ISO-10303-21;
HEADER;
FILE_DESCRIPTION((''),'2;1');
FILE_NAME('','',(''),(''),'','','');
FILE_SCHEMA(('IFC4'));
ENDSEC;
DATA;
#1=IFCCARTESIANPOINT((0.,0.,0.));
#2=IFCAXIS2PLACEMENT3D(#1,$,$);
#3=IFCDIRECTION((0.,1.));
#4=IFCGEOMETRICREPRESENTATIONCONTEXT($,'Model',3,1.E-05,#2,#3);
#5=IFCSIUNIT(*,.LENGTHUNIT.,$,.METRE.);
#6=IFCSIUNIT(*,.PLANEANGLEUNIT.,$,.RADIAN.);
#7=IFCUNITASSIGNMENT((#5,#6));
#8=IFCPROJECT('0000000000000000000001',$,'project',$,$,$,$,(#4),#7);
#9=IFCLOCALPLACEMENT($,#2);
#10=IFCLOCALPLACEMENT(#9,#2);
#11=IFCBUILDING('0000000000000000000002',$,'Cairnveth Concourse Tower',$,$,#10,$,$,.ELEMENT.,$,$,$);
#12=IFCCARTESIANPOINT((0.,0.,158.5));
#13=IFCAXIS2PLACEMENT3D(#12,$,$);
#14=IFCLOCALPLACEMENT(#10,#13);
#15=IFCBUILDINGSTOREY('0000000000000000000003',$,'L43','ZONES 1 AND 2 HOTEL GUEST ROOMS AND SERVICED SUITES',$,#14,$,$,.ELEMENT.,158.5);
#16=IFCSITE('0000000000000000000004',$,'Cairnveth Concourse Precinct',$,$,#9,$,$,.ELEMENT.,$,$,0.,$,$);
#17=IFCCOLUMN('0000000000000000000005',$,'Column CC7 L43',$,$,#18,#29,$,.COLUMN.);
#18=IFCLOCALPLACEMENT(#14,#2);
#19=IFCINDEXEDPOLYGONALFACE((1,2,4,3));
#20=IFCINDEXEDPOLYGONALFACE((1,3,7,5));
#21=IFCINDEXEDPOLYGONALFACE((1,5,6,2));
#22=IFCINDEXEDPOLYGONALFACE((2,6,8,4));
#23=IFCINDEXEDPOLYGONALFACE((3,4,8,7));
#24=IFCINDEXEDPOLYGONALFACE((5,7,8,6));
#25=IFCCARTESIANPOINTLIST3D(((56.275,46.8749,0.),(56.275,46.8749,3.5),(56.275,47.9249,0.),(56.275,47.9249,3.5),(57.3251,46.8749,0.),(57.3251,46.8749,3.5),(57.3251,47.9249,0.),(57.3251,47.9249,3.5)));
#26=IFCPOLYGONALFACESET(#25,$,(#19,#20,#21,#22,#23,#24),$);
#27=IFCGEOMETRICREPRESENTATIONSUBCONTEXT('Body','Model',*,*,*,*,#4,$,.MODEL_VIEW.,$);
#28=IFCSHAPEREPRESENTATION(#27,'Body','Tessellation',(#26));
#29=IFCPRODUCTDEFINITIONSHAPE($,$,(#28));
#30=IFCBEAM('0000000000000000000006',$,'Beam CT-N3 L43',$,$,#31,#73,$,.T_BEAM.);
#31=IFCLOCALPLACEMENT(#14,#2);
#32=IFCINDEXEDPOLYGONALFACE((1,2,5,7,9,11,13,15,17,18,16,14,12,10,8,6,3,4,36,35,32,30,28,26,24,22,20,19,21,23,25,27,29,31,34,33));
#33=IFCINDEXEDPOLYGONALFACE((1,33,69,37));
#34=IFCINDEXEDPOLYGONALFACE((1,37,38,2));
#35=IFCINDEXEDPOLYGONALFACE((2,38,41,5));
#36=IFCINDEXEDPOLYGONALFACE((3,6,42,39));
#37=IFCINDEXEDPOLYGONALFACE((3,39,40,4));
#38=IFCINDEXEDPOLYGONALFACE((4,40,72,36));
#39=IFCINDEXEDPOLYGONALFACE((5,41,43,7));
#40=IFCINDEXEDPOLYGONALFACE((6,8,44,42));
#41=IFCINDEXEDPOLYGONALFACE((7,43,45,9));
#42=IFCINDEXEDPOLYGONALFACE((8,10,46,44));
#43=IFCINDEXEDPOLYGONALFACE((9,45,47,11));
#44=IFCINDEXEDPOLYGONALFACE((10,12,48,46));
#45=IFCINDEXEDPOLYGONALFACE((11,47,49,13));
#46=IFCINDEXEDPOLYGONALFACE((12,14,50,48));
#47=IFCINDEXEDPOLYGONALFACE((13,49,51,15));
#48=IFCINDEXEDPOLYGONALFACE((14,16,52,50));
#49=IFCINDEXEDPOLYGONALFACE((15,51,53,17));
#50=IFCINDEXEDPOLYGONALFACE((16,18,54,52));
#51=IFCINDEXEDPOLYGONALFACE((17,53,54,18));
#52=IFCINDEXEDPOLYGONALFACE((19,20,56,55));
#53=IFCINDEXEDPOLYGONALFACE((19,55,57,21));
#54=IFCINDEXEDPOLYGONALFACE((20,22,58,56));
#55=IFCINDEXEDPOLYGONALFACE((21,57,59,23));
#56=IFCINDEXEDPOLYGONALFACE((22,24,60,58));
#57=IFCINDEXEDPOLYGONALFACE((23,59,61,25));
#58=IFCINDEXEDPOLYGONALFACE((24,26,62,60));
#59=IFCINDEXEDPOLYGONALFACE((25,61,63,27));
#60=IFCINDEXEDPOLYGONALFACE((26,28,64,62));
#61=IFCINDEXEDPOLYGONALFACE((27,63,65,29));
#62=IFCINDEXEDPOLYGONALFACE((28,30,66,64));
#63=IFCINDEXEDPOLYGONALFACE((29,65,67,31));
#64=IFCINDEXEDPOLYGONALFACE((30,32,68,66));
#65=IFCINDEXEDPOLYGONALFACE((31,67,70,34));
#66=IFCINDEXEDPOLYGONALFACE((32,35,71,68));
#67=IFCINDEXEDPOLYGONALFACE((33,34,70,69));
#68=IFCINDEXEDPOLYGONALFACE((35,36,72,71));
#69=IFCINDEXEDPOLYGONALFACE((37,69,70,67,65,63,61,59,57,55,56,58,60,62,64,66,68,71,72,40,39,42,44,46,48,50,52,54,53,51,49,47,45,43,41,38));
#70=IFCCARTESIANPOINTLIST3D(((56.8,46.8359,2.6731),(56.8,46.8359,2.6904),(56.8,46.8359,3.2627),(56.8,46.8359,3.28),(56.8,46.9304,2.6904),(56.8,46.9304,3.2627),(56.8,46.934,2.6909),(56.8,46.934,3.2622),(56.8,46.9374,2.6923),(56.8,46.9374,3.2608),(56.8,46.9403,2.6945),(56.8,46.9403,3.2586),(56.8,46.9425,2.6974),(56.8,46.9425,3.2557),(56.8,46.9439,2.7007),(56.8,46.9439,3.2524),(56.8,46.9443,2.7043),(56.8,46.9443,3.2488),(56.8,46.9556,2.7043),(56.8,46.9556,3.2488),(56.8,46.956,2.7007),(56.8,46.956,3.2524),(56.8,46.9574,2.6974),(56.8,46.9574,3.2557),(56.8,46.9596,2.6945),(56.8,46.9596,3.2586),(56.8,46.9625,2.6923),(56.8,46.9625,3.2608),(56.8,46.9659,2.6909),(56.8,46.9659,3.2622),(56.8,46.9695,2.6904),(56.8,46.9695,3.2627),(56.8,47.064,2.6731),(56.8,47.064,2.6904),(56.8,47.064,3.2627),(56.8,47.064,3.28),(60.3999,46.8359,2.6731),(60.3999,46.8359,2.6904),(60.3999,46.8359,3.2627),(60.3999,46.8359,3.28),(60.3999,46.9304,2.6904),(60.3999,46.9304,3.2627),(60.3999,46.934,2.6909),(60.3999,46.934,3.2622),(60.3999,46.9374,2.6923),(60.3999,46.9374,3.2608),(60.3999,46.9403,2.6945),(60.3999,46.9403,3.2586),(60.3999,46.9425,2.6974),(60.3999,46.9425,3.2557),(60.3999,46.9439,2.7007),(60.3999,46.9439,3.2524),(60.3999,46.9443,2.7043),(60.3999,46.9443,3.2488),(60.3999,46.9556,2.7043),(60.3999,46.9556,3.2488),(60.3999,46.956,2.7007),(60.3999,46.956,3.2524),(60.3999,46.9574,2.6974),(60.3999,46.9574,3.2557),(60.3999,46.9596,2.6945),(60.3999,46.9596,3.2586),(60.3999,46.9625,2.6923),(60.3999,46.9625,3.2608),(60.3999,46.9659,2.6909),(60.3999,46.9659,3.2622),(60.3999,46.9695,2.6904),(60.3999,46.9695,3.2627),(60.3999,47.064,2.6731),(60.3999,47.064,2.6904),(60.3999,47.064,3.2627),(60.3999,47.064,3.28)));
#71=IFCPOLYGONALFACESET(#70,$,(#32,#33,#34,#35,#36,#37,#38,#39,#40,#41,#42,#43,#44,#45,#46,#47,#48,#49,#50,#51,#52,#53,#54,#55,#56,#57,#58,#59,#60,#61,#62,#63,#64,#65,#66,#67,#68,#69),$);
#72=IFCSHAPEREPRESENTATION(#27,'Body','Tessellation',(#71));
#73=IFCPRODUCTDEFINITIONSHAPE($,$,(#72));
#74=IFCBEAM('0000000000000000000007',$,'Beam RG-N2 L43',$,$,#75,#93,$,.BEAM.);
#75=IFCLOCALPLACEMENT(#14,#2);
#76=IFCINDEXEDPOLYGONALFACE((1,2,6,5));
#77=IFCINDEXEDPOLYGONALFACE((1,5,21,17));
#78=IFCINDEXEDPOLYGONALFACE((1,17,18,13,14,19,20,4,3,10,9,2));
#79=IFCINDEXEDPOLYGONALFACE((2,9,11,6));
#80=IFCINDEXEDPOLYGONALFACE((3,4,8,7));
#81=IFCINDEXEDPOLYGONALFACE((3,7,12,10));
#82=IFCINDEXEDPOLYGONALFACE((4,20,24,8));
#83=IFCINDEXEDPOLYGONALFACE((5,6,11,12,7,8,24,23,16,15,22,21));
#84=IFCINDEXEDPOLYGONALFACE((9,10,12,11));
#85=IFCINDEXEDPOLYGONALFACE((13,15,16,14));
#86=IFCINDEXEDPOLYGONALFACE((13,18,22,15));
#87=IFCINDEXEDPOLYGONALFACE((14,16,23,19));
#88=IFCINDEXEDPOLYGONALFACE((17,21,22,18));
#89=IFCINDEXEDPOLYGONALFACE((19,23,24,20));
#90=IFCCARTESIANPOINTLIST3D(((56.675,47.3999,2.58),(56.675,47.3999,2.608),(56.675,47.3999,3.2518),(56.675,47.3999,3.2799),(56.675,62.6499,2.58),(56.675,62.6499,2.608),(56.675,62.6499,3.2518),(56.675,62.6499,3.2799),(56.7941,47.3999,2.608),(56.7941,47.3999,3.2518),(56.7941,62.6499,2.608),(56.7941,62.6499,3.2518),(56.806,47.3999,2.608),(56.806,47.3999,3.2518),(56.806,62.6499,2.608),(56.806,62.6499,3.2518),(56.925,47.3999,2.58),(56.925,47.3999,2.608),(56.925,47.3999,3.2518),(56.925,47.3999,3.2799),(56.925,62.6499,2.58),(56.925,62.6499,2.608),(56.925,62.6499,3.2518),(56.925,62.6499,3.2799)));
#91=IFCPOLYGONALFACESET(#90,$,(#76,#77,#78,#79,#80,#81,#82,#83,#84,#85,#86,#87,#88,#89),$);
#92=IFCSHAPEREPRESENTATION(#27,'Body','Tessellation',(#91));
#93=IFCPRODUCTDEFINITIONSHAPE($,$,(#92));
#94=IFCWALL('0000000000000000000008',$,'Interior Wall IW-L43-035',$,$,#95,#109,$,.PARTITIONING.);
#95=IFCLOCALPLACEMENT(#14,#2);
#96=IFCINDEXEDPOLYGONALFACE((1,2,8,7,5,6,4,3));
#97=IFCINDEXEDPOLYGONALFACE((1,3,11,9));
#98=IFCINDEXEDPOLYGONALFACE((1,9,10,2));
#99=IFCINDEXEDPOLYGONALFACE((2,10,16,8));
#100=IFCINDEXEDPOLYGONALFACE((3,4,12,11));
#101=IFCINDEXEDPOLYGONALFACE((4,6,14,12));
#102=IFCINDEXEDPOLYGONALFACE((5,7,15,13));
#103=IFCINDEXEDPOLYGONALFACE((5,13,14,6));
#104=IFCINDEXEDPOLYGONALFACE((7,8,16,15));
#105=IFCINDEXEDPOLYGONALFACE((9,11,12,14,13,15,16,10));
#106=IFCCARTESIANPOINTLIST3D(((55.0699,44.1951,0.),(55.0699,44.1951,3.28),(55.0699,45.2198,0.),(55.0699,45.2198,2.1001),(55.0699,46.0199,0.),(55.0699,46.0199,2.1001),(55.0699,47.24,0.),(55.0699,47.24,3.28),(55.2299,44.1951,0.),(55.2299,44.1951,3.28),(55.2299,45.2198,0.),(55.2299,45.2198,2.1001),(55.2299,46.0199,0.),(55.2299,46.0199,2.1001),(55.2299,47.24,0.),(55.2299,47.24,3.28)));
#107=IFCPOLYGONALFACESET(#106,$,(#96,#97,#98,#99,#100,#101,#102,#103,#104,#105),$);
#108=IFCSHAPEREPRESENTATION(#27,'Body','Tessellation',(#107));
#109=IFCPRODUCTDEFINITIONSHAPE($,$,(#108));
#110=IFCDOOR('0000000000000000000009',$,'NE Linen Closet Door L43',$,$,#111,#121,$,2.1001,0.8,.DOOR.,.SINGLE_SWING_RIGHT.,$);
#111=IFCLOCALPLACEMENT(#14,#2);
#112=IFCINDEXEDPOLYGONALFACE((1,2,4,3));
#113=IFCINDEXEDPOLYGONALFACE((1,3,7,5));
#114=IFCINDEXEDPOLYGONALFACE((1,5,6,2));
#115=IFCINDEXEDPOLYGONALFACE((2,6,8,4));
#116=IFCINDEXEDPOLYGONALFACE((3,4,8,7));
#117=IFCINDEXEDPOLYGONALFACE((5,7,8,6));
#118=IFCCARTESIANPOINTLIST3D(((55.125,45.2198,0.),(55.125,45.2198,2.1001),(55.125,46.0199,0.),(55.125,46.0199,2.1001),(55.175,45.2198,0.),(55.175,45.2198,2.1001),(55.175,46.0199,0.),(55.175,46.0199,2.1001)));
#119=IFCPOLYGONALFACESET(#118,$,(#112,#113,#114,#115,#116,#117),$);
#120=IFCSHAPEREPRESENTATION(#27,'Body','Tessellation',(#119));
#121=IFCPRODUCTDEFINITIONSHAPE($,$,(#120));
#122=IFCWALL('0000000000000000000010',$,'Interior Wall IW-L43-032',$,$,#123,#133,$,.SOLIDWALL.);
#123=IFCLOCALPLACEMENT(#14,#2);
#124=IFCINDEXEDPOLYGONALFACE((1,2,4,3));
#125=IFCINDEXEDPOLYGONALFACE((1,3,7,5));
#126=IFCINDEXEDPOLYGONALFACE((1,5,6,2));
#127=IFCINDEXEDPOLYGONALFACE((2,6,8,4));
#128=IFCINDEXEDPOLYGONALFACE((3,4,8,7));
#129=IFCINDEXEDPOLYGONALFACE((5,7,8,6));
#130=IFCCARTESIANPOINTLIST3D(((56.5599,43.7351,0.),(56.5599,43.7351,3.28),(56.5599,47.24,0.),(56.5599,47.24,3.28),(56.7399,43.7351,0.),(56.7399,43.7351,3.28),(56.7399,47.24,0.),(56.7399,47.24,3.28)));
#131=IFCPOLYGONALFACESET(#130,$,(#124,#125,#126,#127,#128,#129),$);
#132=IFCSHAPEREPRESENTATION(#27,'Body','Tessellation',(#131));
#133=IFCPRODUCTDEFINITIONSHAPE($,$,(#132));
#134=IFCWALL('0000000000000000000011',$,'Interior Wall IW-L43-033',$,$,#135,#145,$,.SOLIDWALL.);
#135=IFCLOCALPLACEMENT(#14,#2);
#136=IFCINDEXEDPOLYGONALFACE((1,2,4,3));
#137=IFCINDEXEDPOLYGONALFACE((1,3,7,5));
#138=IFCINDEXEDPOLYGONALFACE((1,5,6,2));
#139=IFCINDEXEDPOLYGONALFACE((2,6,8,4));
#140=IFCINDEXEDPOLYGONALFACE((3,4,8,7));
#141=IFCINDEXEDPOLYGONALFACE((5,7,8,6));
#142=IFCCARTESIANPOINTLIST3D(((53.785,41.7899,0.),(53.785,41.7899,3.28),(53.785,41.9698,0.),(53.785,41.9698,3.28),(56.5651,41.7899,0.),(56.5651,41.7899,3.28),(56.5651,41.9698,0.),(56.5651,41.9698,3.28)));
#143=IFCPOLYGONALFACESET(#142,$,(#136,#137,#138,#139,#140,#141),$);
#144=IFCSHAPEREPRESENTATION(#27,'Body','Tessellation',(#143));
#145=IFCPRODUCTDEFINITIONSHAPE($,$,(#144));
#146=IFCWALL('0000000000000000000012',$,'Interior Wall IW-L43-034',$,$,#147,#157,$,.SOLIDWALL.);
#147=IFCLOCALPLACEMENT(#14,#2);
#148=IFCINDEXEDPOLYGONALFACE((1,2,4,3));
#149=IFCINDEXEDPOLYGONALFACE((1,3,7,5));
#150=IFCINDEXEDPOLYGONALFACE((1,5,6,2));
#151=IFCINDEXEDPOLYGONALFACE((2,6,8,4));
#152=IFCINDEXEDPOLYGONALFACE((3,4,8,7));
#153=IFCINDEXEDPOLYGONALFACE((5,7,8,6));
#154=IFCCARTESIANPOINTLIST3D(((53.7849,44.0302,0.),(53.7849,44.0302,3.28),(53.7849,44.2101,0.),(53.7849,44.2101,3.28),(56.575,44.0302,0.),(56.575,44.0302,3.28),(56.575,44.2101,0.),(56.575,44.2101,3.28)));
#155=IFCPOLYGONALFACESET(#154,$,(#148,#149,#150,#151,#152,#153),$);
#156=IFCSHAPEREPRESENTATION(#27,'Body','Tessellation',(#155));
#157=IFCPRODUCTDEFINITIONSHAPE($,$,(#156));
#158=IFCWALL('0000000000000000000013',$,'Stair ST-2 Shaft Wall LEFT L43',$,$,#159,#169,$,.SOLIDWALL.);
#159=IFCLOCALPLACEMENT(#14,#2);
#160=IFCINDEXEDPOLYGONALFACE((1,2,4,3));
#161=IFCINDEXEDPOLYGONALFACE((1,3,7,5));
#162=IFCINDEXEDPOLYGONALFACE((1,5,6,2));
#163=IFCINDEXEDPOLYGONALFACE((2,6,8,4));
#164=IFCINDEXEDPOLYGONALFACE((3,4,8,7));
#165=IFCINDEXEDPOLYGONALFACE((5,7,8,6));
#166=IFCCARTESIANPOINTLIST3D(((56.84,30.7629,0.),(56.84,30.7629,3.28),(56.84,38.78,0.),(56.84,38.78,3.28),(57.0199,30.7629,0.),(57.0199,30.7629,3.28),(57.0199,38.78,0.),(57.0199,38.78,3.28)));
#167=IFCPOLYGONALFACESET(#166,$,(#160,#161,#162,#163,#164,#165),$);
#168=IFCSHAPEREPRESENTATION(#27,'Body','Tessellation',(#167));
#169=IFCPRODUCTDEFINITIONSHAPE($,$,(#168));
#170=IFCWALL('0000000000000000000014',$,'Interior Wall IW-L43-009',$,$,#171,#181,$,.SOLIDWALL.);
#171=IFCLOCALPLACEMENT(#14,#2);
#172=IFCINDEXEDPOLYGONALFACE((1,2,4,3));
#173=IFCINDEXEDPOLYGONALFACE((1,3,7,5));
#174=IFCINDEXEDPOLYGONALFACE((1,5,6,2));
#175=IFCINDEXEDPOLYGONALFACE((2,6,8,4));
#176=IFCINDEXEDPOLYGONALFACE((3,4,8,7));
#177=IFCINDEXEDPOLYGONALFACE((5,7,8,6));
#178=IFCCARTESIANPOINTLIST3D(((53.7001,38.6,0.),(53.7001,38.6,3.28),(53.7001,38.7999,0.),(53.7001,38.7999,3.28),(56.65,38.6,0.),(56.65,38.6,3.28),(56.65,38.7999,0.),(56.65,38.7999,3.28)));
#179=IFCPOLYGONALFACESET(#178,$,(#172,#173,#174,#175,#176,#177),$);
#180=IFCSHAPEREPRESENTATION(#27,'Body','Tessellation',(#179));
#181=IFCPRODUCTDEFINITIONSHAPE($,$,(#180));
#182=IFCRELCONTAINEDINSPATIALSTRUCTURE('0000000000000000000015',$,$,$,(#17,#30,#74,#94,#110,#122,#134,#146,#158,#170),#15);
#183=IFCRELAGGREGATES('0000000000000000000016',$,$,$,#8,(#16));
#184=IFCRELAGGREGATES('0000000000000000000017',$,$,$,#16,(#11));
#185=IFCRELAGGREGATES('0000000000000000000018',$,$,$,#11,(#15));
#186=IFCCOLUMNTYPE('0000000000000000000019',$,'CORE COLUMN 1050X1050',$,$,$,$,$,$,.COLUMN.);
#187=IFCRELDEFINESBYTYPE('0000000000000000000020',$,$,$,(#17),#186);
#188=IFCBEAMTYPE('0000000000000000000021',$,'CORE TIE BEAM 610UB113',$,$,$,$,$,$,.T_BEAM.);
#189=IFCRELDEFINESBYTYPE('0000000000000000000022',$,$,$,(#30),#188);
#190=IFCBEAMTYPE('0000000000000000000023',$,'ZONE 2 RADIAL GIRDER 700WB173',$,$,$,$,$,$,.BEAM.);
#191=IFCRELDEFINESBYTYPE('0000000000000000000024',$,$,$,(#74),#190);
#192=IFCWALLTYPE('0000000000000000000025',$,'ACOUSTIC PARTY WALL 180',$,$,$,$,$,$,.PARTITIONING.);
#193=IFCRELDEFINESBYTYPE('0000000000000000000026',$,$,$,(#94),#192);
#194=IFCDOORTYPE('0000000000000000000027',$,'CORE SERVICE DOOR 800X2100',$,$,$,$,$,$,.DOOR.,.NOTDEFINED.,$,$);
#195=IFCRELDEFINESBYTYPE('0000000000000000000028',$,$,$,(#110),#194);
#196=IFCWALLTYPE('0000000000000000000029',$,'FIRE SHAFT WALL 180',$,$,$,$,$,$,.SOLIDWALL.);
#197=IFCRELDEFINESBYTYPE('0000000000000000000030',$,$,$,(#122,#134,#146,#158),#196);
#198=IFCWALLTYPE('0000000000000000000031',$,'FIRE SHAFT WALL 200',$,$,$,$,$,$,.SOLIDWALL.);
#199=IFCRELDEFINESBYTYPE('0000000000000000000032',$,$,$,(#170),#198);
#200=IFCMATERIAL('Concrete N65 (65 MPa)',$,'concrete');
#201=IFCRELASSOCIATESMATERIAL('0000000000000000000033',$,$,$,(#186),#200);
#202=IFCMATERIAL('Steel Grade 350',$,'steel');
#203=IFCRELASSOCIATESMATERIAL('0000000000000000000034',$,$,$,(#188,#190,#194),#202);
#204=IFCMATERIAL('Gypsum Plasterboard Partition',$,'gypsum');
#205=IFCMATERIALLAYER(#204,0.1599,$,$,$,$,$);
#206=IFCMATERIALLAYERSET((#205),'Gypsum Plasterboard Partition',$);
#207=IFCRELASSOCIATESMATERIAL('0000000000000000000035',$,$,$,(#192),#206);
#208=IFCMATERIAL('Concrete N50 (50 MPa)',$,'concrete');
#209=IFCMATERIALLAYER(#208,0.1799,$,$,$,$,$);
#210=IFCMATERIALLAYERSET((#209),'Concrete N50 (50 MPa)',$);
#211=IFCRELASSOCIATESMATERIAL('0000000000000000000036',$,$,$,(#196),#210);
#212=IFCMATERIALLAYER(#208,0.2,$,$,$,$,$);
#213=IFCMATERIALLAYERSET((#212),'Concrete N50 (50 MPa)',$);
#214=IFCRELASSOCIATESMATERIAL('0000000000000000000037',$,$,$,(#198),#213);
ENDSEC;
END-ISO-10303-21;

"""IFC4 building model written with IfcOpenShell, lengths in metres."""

from ifc_helpers import new_model, si_unit, direction, frame, frame_2d, origin, origin_2d, place, context, subcontext, project, spatial, rectangle, i_section, extrude, material, layer, layer_set, material_profile, profile_set, type_object, element, fill, save


model = new_model("IFC4")

# Units and contexts
model_context = context("Model", 3, precision=1e-05, world=origin(), true_north=direction((0.0, 1.0)))
body_context = subcontext(model_context, "Body", "Model", "MODEL_VIEW")
ifc_project = project(units=[si_unit("LENGTHUNIT", "METRE"), si_unit("PLANEANGLEUNIT", "RADIAN")], contexts=[model_context])

# Site, building, storey
site_placement = place(None, origin())
site = spatial("IfcSite", under=ifc_project, at=site_placement, Name="Cairnveth Concourse Precinct", CompositionType="ELEMENT", RefElevation=0.0)
building_placement = place(site_placement, origin())
building = spatial("IfcBuilding", under=site, at=building_placement, Name="Cairnveth Concourse Tower", CompositionType="ELEMENT")
storey_placement = place(building_placement, frame((0.0, 0.0, 158.5)))
storey = spatial("IfcBuildingStorey", under=building, at=storey_placement, Name="L43", Description="ZONES 1 AND 2 HOTEL GUEST ROOMS AND SERVICED SUITES", CompositionType="ELEMENT", Elevation=158.5)

# Column
ifc_material_1 = material(Name="Concrete N65 (65 MPa)", Category="concrete")
ifc_material_profile_1 = material_profile(ifc_material_1, rectangle(XDim=1.05, YDim=1.05, at=origin_2d()), Name="RC-COL-1050x1050")
ifc_profile_set_1 = profile_set([ifc_material_profile_1], Name="Concrete N65 (65 MPa)")
column_type = type_object("IfcColumnType", Name="CORE COLUMN 1050X1050", PredefinedType="COLUMN", material=ifc_profile_set_1)
column_placement = place(storey_placement, frame((56.8, 47.3999, 0.0), z_axis=(0.0, 0.0, 1.0), x_axis=(1.0, 0.0, 0.0)))
element("IfcColumn", 1, at=column_placement, inside=storey, type_object=column_type, Name="Column CC7 L43", PredefinedType="COLUMN", context=body_context, shape_type="SweptSolid", body=[
    extrude(rectangle(XDim=1.05, YDim=1.05, at=origin_2d()), origin(), (0.0, 0.0, 1.0), 3.5),
])

# Beams
ifc_material_2 = material(Name="Steel Grade 350", Category="steel")
ifc_material_profile_2 = material_profile(ifc_material_2, i_section(OverallWidth=0.228, OverallDepth=0.6069, WebThickness=0.0112, FlangeThickness=0.0173, FilletRadius=0.0139, at=origin_2d()), Name="610UB113")
ifc_profile_set_2 = profile_set([ifc_material_profile_2], Name="Steel Grade 350")
beam_type_1 = type_object("IfcBeamType", Name="CORE TIE BEAM 610UB113", PredefinedType="T_BEAM", material=ifc_profile_set_2)
beam_1_placement = place(storey_placement, frame((56.8, 46.95, 2.9766), z_axis=(1.0, 0.0, 0.0), x_axis=(0.0, 1.0, 0.0)))
element("IfcBeam", 2, at=beam_1_placement, inside=storey, type_object=beam_type_1, Name="Beam CT-N3 L43", PredefinedType="T_BEAM", context=body_context, shape_type="SweptSolid", body=[
    extrude(i_section(OverallWidth=0.228, OverallDepth=0.6069, WebThickness=0.0112, FlangeThickness=0.0173, FilletRadius=0.0139, at=origin_2d()), origin(), (0.0, 0.0, 1.0), 3.5999),
])
ifc_material_profile_3 = material_profile(ifc_material_2, i_section(OverallWidth=0.25, OverallDepth=0.7, WebThickness=0.012, FlangeThickness=0.0281, at=origin_2d()), Name="700WB173")
ifc_profile_set_3 = profile_set([ifc_material_profile_3], Name="Steel Grade 350")
beam_type_2 = type_object("IfcBeamType", Name="ZONE 2 RADIAL GIRDER 700WB173", PredefinedType="BEAM", material=ifc_profile_set_3)
beam_2_placement = place(storey_placement, frame((56.8, 47.3999, 2.9299), z_axis=(0.0, 1.0, 0.0), x_axis=(-1.0, 0.0, 0.0)))
element("IfcBeam", 3, at=beam_2_placement, inside=storey, type_object=beam_type_2, Name="Beam RG-N2 L43", PredefinedType="BEAM", context=body_context, shape_type="SweptSolid", body=[
    extrude(i_section(OverallWidth=0.25, OverallDepth=0.7, WebThickness=0.012, FlangeThickness=0.0281, at=origin_2d()), origin(), (0.0, 0.0, 1.0), 15.25),
])

# Wall, opening, door
ifc_material_3 = material(Name="Gypsum Plasterboard Partition", Category="gypsum")
ifc_layer_1 = layer(ifc_material_3, 0.1599)
ifc_layer_set_1 = layer_set([ifc_layer_1], Name="Gypsum Plasterboard Partition")
wall_type_1 = type_object("IfcWallType", Name="ACOUSTIC PARTY WALL 180", PredefinedType="PARTITIONING", material=ifc_layer_set_1)
wall_1_placement = place(storey_placement, frame((55.1499, 44.1951, 0.0), z_axis=(0.0, 0.0, 1.0), x_axis=(0.0, 1.0, 0.0)))
wall_1 = element("IfcWall", 4, at=wall_1_placement, inside=storey, type_object=wall_type_1, Name="Interior Wall IW-L43-035", PredefinedType="PARTITIONING", context=body_context, shape_type="SweptSolid", body=[
    extrude(rectangle(XDim=3.0449, YDim=0.1599, at=frame_2d((1.5225, 0.0))), origin(), (0.0, 0.0, 1.0), 3.28),
])
opening_1_placement = place(wall_1_placement, frame((1.0249, 0.0, 0.0)))
opening_1 = element("IfcOpeningElement", 5, at=opening_1_placement, cuts=wall_1, PredefinedType="OPENING", context=body_context, shape_type="SweptSolid", body=[
    extrude(rectangle(XDim=0.8, YDim=2.1001, at=frame_2d((0.3999, 1.05))), frame((0.0, 0.0898, 0.0), z_axis=(0.0, -1.0, 0.0), x_axis=(1.0, 0.0, 0.0)), (0.0, 0.0, 1.0), 0.1799),
])
door_type_1 = type_object("IfcDoorType", Name="CORE SERVICE DOOR 800X2100", OperationType="NOTDEFINED", PredefinedType="DOOR", material=ifc_material_2)
door_1_placement = place(opening_1_placement, origin())
door_1 = element("IfcDoor", 6, at=door_1_placement, inside=storey, type_object=door_type_1, Name="NE Linen Closet Door L43", OperationType="SINGLE_SWING_RIGHT", OverallHeight=2.1001, OverallWidth=0.8, PredefinedType="DOOR", context=body_context, shape_type="SweptSolid", body=[
    extrude(rectangle(XDim=0.8, YDim=2.1001, at=frame_2d((0.3999, 1.05))), frame((0.0, 0.0249, 0.0), z_axis=(0.0, -1.0, 0.0), x_axis=(1.0, 0.0, 0.0)), (0.0, 0.0, 1.0), 0.05),
])
fill(opening_1, door_1)

# Walls
ifc_material_4 = material(Name="Concrete N50 (50 MPa)", Category="concrete")
ifc_layer_2 = layer(ifc_material_4, 0.1799)
ifc_layer_set_2 = layer_set([ifc_layer_2], Name="Concrete N50 (50 MPa)")
wall_type_2 = type_object("IfcWallType", Name="FIRE SHAFT WALL 180", PredefinedType="SOLIDWALL", material=ifc_layer_set_2)
wall_2_placement = place(storey_placement, frame((56.6499, 43.7351, 0.0), z_axis=(0.0, 0.0, 1.0), x_axis=(0.0, 1.0, 0.0)))
element("IfcWall", 7, at=wall_2_placement, inside=storey, type_object=wall_type_2, Name="Interior Wall IW-L43-032", PredefinedType="SOLIDWALL", context=body_context, shape_type="SweptSolid", body=[
    extrude(rectangle(XDim=3.5049, YDim=0.1799, at=frame_2d((1.7524, 0.0))), origin(), (0.0, 0.0, 1.0), 3.28),
])
wall_3_placement = place(storey_placement, frame((53.7849, 41.8799, 0.0), z_axis=(0.0, 0.0, 1.0), x_axis=(1.0, 0.0, 0.0)))
element("IfcWall", 8, at=wall_3_placement, inside=storey, type_object=wall_type_2, Name="Interior Wall IW-L43-033", PredefinedType="SOLIDWALL", context=body_context, shape_type="SweptSolid", body=[
    extrude(rectangle(XDim=2.78, YDim=0.1799, at=frame_2d((1.3901, 0.0))), origin(), (0.0, 0.0, 1.0), 3.28),
])
wall_4_placement = place(storey_placement, frame((53.7849, 44.1201, 0.0), z_axis=(0.0, 0.0, 1.0), x_axis=(1.0, 0.0, 0.0)))
element("IfcWall", 9, at=wall_4_placement, inside=storey, type_object=wall_type_2, Name="Interior Wall IW-L43-034", PredefinedType="SOLIDWALL", context=body_context, shape_type="SweptSolid", body=[
    extrude(rectangle(XDim=2.79, YDim=0.1799, at=frame_2d((1.395, 0.0))), origin(), (0.0, 0.0, 1.0), 3.28),
])

# Walls
wall_5_placement = place(storey_placement, frame((56.9299, 38.78, 0.0), z_axis=(0.0, 0.0, 1.0), x_axis=(0.0, -1.0, 0.0)))
element("IfcWall", 10, at=wall_5_placement, inside=storey, type_object=wall_type_2, Name="Stair ST-2 Shaft Wall LEFT L43", PredefinedType="SOLIDWALL", context=body_context, shape_type="SweptSolid", body=[
    extrude(rectangle(XDim=8.0171, YDim=0.1799, at=frame_2d((4.0085, 0.0))), origin(), (0.0, 0.0, 1.0), 3.28),
])
ifc_layer_3 = layer(ifc_material_4, 0.2)
ifc_layer_set_3 = layer_set([ifc_layer_3], Name="Concrete N50 (50 MPa)")
wall_type_3 = type_object("IfcWallType", Name="FIRE SHAFT WALL 200", PredefinedType="SOLIDWALL", material=ifc_layer_set_3)
for number, where, z_axis, x_axis, name in (
    (11, (53.7, 38.7, 0.0), (0.0, 0.0, 1.0), (1.0, 0.0, 0.0), "Interior Wall IW-L43-009"),
):
    element("IfcWall", number, at=place(storey_placement, frame(where, z_axis=z_axis, x_axis=x_axis)), inside=storey, type_object=wall_type_3, Name=name, PredefinedType="SOLIDWALL", context=body_context, shape_type="SweptSolid", body=[
        extrude(rectangle(XDim=2.95, YDim=0.2, at=frame_2d((1.4751, 0.0))), origin(), (0.0, 0.0, 1.0), 3.28),
    ])

save(model, "model.ifc")
